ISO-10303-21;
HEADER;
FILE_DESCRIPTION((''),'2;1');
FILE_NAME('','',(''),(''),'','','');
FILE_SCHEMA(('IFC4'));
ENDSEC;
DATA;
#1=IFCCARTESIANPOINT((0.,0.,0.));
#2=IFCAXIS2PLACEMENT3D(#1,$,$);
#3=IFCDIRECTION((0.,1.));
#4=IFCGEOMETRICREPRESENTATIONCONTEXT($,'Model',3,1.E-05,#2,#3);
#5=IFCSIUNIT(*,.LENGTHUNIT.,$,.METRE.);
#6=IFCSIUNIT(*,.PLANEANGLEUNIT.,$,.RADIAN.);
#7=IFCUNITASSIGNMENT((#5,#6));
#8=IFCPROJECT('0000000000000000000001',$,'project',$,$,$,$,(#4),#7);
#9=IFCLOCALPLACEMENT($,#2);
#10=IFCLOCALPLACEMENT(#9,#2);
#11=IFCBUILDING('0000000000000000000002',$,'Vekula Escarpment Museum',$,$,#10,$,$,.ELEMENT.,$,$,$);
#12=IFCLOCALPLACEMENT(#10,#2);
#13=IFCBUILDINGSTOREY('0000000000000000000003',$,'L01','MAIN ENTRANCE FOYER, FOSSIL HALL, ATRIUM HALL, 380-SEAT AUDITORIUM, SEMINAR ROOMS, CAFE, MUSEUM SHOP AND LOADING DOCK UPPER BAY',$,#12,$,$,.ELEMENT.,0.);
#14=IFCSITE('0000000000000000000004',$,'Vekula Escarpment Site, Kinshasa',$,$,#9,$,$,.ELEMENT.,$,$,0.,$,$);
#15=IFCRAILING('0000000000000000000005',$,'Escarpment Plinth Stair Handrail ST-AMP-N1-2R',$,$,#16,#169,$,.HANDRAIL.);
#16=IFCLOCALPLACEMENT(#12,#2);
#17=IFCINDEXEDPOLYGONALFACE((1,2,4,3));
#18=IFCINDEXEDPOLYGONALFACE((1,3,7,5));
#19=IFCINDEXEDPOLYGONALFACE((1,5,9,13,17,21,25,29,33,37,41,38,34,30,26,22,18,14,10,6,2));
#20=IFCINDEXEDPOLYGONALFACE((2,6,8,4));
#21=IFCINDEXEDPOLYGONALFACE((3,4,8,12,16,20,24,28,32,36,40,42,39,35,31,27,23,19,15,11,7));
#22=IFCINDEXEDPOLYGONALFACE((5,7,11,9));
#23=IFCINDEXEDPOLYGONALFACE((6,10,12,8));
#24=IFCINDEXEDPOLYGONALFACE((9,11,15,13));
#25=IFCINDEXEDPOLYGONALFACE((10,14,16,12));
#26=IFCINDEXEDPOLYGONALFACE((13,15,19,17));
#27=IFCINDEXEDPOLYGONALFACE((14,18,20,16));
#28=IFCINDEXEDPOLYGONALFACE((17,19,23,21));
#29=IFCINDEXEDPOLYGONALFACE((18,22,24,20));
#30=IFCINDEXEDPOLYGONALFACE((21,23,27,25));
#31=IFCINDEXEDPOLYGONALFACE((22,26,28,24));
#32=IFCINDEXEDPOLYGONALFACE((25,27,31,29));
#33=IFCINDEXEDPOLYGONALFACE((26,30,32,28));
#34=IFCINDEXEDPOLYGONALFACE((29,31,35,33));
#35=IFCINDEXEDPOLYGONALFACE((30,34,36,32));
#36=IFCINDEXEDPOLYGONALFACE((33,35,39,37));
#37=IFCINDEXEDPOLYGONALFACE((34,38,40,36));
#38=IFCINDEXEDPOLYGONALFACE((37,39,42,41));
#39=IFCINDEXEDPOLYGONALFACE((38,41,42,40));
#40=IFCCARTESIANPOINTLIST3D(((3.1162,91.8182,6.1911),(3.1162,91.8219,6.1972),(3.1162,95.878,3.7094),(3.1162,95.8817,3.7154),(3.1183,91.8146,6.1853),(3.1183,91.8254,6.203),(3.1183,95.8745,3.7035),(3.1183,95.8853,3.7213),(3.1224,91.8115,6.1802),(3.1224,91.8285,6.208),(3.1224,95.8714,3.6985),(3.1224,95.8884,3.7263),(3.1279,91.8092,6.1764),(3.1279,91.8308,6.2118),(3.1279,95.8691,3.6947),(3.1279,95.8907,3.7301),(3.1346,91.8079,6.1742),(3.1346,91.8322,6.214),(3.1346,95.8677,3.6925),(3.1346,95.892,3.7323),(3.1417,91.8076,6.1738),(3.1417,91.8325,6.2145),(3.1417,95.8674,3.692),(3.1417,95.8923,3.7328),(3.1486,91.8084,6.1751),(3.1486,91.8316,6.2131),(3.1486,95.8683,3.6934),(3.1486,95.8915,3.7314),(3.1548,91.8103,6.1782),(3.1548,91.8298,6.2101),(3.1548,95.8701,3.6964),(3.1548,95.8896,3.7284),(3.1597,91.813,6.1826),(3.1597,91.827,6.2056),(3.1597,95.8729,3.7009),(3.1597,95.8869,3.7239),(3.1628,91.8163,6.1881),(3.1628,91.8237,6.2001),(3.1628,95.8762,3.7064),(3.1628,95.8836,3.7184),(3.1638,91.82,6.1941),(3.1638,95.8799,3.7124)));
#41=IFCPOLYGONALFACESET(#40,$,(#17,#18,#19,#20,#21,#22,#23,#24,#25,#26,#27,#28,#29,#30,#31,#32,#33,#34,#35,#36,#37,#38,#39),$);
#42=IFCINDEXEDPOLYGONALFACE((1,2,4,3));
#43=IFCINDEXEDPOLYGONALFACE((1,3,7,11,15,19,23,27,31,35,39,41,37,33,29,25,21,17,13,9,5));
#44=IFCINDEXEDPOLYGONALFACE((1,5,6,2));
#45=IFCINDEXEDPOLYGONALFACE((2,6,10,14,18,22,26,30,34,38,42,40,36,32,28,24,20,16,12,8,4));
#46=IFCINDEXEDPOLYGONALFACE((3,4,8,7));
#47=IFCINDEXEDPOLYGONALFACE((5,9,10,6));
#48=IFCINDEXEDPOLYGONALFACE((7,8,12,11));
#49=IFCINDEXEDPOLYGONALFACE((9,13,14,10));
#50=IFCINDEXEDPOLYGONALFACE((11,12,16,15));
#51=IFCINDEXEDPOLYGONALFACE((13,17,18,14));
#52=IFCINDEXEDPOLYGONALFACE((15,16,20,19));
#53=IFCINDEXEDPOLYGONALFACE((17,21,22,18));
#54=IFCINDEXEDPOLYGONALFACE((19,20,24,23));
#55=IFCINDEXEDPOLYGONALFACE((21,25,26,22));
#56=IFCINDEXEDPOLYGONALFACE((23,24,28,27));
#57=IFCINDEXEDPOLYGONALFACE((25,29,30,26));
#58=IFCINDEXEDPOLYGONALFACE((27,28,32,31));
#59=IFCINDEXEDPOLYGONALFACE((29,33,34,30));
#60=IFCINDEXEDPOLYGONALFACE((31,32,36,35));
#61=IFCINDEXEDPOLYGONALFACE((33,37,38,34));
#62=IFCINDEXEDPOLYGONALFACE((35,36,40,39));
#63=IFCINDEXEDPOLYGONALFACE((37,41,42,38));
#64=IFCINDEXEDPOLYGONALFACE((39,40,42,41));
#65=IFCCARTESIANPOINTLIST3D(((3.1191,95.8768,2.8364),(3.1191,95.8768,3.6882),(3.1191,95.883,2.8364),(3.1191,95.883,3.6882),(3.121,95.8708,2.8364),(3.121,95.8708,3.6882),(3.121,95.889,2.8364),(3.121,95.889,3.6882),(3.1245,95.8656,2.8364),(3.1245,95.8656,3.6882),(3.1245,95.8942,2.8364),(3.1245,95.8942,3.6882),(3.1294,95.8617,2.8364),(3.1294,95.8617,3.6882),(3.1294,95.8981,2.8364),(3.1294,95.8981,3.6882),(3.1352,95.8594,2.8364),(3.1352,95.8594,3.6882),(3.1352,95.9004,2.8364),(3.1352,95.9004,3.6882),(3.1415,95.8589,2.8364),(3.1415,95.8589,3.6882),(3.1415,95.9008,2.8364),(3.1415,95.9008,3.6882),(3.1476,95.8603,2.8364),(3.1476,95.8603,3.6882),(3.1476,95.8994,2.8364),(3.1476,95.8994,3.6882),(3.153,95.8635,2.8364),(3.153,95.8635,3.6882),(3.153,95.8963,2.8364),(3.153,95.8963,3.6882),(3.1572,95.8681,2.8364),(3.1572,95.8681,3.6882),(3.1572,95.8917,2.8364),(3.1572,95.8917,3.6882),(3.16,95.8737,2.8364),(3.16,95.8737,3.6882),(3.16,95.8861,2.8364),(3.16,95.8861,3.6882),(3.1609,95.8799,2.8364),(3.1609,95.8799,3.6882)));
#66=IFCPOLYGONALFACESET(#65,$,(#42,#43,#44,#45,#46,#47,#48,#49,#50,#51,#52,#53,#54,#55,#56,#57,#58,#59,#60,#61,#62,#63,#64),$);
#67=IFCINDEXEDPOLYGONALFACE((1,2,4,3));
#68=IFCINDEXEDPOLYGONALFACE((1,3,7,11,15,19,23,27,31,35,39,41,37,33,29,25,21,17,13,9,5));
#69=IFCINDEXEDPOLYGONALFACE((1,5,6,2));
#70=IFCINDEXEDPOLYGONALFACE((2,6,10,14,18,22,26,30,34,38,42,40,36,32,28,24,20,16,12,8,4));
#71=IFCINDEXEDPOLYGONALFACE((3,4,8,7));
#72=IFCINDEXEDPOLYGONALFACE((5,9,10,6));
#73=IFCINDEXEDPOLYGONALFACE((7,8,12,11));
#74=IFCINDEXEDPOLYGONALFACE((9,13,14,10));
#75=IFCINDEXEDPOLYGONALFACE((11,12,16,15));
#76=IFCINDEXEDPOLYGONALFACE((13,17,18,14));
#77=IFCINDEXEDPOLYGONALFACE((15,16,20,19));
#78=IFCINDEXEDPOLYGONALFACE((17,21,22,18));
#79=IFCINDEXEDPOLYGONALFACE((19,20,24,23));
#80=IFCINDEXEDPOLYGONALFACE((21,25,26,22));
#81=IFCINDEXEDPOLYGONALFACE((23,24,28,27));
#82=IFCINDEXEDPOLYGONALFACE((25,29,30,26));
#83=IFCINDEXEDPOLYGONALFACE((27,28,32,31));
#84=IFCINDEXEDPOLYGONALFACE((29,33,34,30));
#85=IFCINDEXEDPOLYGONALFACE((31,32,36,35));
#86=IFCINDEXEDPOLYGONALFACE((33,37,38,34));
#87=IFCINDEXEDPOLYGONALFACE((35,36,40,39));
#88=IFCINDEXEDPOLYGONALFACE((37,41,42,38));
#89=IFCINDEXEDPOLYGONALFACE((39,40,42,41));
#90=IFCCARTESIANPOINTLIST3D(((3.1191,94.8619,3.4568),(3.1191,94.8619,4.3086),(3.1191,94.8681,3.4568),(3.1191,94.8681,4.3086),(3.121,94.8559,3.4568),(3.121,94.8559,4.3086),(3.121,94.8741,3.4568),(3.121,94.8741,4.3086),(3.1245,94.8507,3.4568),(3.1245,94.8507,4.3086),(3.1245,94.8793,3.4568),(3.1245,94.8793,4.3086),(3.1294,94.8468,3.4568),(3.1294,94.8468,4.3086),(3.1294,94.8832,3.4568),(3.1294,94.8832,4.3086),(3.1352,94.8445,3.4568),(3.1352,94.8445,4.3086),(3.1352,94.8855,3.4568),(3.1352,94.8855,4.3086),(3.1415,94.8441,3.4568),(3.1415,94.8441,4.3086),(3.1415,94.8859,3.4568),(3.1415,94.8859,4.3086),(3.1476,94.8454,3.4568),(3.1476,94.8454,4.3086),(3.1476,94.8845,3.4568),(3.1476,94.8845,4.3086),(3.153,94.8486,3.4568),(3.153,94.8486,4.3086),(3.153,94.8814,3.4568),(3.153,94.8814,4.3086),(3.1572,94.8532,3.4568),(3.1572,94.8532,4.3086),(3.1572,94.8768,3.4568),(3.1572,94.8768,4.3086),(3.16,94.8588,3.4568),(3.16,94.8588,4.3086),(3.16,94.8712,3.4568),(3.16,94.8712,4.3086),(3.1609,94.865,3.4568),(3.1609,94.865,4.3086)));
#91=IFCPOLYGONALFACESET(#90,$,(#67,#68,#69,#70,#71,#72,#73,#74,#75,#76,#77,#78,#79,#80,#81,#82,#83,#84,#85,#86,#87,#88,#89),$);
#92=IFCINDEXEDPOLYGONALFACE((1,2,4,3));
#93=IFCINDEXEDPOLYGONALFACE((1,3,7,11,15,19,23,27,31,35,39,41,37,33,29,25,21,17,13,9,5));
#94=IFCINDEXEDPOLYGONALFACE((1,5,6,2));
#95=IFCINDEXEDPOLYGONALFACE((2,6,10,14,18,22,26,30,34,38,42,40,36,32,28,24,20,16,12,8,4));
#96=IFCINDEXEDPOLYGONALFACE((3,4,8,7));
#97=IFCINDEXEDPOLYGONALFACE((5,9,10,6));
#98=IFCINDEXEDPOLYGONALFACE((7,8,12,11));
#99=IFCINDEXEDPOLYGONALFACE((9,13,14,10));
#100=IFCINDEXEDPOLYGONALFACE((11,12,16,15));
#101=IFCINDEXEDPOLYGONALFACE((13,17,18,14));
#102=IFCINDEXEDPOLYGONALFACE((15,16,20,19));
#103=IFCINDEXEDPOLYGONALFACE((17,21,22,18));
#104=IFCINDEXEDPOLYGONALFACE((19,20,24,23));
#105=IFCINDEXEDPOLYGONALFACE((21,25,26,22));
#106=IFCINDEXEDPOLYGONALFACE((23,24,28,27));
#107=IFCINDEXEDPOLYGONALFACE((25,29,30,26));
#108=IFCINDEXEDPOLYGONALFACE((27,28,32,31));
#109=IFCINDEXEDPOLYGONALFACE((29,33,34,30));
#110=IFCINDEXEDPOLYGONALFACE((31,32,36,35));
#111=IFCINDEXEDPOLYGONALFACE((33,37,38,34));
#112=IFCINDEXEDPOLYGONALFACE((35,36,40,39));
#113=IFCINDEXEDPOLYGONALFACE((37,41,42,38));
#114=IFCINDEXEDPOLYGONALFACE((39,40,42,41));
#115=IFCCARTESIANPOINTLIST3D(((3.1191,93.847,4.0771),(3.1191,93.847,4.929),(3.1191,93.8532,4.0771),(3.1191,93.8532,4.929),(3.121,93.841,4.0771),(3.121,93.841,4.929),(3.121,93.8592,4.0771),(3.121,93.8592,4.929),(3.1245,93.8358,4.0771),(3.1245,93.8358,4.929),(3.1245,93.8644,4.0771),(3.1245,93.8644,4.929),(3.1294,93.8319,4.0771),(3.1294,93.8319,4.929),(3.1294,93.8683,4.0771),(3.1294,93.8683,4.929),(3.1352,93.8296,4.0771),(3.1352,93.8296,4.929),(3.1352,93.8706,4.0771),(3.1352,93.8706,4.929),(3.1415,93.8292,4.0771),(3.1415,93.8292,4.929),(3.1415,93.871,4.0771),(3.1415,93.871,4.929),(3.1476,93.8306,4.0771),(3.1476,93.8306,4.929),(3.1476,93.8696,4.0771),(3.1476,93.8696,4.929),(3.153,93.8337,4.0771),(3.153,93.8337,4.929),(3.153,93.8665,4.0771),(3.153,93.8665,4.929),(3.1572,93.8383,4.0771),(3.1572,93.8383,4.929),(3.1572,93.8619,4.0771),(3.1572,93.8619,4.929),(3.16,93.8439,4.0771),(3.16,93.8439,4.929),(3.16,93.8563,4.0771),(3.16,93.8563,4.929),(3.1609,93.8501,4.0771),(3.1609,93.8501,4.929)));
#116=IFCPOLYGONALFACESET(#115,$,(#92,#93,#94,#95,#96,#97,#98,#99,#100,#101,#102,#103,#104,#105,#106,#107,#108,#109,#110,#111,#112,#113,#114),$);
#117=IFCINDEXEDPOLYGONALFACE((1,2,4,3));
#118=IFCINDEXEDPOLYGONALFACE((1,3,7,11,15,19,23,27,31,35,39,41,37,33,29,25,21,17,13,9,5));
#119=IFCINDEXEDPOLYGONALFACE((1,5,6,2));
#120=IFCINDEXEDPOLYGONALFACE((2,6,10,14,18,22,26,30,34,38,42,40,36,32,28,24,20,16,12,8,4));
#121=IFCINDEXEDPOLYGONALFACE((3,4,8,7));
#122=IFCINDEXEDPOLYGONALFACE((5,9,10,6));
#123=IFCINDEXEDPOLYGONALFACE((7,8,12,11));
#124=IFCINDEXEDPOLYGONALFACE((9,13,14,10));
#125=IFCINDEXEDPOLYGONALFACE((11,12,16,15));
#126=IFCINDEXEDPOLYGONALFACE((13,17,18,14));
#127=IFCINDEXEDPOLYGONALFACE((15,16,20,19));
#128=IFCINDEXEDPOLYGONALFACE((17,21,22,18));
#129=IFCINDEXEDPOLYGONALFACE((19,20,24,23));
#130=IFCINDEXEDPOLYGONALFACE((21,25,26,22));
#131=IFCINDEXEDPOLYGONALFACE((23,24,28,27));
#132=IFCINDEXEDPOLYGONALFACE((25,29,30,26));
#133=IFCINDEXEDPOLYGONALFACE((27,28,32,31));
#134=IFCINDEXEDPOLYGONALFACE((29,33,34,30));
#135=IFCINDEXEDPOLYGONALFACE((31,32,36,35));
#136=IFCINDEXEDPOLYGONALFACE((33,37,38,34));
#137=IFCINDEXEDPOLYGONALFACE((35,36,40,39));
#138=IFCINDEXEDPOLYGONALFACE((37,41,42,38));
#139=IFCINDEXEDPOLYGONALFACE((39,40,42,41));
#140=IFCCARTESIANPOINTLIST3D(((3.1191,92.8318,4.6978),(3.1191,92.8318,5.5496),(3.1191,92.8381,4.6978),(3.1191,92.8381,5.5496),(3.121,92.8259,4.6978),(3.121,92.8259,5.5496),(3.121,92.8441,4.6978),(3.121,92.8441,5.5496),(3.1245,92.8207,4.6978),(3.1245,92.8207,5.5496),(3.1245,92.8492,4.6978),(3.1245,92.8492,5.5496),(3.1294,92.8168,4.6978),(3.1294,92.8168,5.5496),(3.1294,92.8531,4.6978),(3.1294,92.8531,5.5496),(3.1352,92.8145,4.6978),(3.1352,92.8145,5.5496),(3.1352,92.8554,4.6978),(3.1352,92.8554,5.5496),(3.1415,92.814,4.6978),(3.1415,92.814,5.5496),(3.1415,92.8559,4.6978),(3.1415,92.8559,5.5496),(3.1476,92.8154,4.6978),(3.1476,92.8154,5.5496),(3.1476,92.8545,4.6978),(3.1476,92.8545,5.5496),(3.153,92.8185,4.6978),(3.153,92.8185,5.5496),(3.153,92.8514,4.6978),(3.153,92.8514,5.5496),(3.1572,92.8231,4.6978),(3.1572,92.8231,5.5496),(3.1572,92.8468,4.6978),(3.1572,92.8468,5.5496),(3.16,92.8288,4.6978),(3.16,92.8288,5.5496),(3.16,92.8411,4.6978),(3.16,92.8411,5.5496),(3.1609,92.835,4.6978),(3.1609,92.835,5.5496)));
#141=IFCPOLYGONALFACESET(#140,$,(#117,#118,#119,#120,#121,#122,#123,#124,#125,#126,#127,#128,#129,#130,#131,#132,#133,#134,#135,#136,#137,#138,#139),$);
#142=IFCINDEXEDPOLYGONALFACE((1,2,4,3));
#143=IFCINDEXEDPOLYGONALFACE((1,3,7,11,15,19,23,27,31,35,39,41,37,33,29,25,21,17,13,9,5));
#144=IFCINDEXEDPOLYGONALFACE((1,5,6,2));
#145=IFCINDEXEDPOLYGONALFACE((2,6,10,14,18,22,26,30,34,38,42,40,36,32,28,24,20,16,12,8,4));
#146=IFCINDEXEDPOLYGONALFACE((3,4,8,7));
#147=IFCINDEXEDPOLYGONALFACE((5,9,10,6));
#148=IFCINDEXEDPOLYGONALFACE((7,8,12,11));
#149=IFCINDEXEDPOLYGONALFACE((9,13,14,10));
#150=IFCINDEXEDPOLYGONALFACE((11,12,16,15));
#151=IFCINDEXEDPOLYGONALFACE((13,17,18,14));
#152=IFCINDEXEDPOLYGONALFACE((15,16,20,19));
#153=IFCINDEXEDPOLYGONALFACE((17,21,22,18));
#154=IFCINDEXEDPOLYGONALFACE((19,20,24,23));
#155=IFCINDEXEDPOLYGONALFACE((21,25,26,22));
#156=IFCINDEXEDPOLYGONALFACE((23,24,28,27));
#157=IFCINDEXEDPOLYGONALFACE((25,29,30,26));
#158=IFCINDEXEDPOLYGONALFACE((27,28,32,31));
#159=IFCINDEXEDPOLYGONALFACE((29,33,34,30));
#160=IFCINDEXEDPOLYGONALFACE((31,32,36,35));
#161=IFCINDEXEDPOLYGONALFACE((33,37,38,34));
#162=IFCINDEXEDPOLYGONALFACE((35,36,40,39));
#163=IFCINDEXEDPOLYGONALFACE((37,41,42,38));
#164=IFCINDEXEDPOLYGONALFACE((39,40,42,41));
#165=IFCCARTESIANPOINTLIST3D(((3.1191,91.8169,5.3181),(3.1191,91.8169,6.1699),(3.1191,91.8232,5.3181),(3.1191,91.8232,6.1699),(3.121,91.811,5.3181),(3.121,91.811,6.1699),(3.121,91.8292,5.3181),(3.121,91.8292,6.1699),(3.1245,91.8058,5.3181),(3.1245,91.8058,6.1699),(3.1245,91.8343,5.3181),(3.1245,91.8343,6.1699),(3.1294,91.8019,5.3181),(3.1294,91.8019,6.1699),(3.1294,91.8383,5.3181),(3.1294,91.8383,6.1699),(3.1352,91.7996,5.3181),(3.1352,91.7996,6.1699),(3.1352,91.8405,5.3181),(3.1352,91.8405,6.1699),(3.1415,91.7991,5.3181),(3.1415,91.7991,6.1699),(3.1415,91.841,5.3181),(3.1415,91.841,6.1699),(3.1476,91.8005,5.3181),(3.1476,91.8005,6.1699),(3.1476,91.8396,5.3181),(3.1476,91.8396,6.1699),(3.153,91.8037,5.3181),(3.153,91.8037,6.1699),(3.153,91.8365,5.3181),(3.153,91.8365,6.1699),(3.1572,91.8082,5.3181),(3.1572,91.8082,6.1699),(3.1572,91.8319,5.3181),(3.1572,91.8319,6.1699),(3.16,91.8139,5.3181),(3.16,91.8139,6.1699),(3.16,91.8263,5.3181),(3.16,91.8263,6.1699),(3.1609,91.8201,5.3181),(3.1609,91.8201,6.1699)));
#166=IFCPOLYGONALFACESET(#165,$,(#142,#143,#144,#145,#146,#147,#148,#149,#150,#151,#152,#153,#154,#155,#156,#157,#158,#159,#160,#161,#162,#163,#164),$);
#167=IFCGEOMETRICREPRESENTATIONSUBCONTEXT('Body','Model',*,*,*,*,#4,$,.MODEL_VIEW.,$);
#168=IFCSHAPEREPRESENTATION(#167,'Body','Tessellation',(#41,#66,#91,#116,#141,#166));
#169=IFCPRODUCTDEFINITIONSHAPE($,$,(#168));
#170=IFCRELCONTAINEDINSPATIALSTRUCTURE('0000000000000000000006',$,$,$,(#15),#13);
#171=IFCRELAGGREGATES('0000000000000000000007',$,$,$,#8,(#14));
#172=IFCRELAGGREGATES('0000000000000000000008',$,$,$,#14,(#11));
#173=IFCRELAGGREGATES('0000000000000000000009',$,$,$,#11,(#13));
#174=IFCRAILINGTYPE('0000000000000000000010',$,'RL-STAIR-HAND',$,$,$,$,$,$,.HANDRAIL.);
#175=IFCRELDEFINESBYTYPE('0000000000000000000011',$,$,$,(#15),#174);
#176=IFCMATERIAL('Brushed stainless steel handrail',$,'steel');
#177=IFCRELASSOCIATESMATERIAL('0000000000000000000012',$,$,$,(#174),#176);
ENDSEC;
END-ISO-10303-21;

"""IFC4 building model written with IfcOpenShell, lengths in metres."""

from ifc_helpers import new_model, si_unit, direction, frame, origin, origin_2d, place, context, subcontext, project, spatial, circle, extrude, material, type_object, element, save


model = new_model("IFC4")

# Units and contexts
model_context = context("Model", 3, precision=1e-05, world=origin(), true_north=direction((0.0, 1.0)))
body_context = subcontext(model_context, "Body", "Model", "MODEL_VIEW")
ifc_project = project(units=[si_unit("LENGTHUNIT", "METRE"), si_unit("PLANEANGLEUNIT", "RADIAN")], contexts=[model_context])

# Site, building, storey
site_placement = place(None, origin())
site = spatial("IfcSite", under=ifc_project, at=site_placement, Name="Vekula Escarpment Site, Kinshasa", CompositionType="ELEMENT", RefElevation=0.0)
building_placement = place(site_placement, origin())
building = spatial("IfcBuilding", under=site, at=building_placement, Name="Vekula Escarpment Museum", CompositionType="ELEMENT")
storey_placement = place(building_placement, origin())
storey = spatial("IfcBuildingStorey", under=building, at=storey_placement, Name="L01", Description="MAIN ENTRANCE FOYER, FOSSIL HALL, ATRIUM HALL, 380-SEAT AUDITORIUM, SEMINAR ROOMS, CAFE, MUSEUM SHOP AND LOADING DOCK UPPER BAY", CompositionType="ELEMENT", Elevation=0.0)

# Railing
ifc_material_1 = material(Name="Brushed stainless steel handrail", Category="steel")
railing_type_1 = type_object("IfcRailingType", Name="RL-STAIR-HAND", PredefinedType="HANDRAIL", material=ifc_material_1)
for number, where, name in (
    (1, (3.1399, 95.8799, 2.8364), "Escarpment Plinth Stair Handrail ST-AMP-N1-2R"),
):
    element("IfcRailing", number, at=place(storey_placement, frame(where)), inside=storey, type_object=railing_type_1, Name=name, PredefinedType="HANDRAIL", context=body_context, shape_type="SweptSolid", body=[
        extrude(circle(Radius=0.0239, at=origin_2d()), frame((0.0, 0.0, 0.876), z_axis=(0.0, -0.853217, 0.521556), x_axis=(1.0, 0.0, 0.0)), (0.0, 0.0, 1.0), 4.7583),
        extrude(circle(Radius=0.021, at=origin_2d()), origin(), (0.0, 0.0, 1.0), 0.8518),
        extrude(circle(Radius=0.021, at=origin_2d()), frame((0.0, -1.0149, 0.6204)), (0.0, 0.0, 1.0), 0.8518),
        extrude(circle(Radius=0.021, at=origin_2d()), frame((0.0, -2.0298, 1.2407)), (0.0, 0.0, 1.0), 0.8518),
        extrude(circle(Radius=0.021, at=origin_2d()), frame((0.0, -3.0449, 1.8613)), (0.0, 0.0, 1.0), 0.8518),
        extrude(circle(Radius=0.021, at=origin_2d()), frame((0.0, -4.0598, 2.4817)), (0.0, 0.0, 1.0), 0.8518),
    ])

save(model, "model.ifc")
